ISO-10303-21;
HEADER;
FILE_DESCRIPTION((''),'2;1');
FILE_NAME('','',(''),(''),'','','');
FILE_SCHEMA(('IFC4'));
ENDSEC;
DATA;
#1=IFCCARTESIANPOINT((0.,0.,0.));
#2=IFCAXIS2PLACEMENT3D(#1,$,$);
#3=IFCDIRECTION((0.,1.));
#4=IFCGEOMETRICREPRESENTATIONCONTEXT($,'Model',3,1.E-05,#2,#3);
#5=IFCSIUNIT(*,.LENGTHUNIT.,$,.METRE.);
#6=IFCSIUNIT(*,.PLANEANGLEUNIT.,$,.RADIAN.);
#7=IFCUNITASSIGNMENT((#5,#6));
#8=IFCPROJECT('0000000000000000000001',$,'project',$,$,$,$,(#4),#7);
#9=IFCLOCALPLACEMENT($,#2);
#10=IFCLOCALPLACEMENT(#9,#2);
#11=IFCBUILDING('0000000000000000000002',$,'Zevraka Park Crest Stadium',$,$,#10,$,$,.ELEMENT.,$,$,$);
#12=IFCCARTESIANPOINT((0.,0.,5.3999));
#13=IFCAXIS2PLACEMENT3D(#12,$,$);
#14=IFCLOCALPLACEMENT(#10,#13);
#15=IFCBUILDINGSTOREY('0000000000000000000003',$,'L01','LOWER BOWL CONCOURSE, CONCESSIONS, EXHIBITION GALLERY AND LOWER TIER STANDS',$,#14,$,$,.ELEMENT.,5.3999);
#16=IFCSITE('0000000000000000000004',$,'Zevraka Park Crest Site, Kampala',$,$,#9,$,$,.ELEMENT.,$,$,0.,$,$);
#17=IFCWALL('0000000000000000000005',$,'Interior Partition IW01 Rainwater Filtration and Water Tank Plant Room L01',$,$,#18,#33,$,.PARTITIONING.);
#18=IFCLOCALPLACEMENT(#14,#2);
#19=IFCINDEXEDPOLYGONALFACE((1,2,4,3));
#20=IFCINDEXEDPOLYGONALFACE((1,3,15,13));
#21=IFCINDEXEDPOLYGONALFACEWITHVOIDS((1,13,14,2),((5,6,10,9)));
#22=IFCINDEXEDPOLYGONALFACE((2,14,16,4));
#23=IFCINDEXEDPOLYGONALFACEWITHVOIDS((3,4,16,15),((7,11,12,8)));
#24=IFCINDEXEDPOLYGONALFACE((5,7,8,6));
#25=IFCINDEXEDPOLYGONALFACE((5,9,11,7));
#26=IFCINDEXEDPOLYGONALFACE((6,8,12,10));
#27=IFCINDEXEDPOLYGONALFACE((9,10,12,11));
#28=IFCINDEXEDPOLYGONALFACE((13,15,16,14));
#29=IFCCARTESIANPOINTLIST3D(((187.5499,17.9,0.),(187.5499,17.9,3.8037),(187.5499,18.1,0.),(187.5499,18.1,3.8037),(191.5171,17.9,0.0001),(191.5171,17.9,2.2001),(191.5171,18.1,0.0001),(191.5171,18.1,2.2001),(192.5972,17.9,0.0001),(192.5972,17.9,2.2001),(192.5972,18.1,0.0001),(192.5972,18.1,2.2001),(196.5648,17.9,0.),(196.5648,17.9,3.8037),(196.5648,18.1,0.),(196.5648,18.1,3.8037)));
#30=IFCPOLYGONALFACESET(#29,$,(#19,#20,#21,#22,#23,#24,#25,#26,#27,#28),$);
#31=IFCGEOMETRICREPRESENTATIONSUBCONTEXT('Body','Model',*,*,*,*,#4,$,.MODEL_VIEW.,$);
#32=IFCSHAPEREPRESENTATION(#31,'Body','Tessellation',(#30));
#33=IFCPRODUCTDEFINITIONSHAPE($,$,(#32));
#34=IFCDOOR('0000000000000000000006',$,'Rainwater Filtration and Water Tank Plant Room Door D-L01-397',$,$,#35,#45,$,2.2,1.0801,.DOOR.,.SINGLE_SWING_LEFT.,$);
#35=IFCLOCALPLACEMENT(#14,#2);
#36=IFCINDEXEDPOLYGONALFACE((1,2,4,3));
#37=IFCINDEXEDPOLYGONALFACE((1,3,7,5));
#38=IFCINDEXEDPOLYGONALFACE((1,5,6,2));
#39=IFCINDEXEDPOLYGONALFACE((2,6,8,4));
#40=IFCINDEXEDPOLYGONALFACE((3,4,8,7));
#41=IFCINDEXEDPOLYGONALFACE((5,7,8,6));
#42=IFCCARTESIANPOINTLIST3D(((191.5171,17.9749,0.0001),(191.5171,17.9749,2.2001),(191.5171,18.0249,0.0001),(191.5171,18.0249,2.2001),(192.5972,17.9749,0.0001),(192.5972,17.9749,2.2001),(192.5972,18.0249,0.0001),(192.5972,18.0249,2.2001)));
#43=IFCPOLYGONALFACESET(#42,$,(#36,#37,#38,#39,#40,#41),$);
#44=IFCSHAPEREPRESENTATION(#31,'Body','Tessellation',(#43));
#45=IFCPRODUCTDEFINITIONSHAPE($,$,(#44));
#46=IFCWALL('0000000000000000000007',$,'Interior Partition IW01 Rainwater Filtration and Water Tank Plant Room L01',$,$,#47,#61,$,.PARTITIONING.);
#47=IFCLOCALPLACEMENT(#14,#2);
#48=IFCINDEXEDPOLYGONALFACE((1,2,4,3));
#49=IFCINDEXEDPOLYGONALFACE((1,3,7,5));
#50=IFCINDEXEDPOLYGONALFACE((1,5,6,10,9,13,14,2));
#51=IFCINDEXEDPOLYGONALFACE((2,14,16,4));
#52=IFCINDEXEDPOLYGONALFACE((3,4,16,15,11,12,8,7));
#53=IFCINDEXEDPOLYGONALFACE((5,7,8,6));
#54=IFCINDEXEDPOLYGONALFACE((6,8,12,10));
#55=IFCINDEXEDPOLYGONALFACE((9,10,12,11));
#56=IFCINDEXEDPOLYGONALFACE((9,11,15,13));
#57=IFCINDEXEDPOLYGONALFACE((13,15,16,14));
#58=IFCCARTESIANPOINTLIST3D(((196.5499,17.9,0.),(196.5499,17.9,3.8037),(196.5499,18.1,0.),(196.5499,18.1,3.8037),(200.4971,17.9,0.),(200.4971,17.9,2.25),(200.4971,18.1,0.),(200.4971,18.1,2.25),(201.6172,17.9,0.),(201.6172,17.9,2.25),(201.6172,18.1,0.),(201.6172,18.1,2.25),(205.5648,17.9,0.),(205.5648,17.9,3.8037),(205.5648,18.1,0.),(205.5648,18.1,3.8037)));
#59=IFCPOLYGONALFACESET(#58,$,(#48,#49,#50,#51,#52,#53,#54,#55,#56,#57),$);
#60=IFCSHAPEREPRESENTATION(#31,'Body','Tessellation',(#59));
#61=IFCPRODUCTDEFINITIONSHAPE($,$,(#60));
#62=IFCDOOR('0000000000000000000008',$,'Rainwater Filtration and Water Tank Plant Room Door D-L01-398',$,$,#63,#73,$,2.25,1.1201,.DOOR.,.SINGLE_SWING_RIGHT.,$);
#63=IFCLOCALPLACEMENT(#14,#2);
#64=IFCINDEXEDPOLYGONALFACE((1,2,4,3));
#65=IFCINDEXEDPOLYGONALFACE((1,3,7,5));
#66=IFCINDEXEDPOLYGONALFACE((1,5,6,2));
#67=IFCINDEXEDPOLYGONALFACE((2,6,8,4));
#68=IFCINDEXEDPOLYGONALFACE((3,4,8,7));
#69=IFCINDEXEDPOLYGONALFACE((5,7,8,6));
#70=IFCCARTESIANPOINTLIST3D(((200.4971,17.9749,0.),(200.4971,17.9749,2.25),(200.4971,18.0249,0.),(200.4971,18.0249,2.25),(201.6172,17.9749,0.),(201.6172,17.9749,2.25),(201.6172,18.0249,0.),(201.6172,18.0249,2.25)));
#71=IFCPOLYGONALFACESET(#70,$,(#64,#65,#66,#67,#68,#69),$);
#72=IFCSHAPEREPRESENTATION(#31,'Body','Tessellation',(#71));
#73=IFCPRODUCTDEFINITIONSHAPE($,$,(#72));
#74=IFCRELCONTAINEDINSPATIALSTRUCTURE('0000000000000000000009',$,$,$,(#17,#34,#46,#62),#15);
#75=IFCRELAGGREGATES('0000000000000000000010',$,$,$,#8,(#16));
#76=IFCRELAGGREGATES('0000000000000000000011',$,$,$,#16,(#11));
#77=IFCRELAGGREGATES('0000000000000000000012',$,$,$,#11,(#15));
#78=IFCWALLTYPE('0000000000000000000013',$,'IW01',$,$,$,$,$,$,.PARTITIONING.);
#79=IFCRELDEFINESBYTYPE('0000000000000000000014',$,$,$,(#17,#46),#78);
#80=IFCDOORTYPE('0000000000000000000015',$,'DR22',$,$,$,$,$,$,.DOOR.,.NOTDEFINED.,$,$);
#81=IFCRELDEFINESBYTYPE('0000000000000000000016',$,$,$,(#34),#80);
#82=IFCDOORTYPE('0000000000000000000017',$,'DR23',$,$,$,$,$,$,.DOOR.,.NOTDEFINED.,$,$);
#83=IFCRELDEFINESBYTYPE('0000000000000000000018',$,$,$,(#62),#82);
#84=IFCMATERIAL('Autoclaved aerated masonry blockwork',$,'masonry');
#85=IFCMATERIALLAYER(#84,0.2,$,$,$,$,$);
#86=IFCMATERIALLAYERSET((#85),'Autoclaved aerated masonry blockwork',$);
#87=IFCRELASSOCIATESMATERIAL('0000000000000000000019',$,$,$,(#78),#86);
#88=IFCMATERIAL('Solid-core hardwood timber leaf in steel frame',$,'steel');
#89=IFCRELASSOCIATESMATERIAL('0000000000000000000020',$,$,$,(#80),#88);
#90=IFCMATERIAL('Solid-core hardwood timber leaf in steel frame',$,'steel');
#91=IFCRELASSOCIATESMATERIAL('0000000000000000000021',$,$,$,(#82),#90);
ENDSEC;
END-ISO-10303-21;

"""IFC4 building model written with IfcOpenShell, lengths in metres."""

from ifc_helpers import new_model, si_unit, direction, frame, frame_2d, origin, place, context, subcontext, project, spatial, rectangle, extrude, material, layer, layer_set, type_object, element, fill, save


model = new_model("IFC4")

# Units and contexts
model_context = context("Model", 3, precision=1e-05, world=origin(), true_north=direction((0.0, 1.0)))
body_context = subcontext(model_context, "Body", "Model", "MODEL_VIEW")
ifc_project = project(units=[si_unit("LENGTHUNIT", "METRE"), si_unit("PLANEANGLEUNIT", "RADIAN")], contexts=[model_context])

# Site, building, storey
site_placement = place(None, origin())
site = spatial("IfcSite", under=ifc_project, at=site_placement, Name="Zevraka Park Crest Site, Kampala", CompositionType="ELEMENT", RefElevation=0.0)
building_placement = place(site_placement, origin())
building = spatial("IfcBuilding", under=site, at=building_placement, Name="Zevraka Park Crest Stadium", CompositionType="ELEMENT")
storey_placement = place(building_placement, frame((0.0, 0.0, 5.3999)))
storey = spatial("IfcBuildingStorey", under=building, at=storey_placement, Name="L01", Description="LOWER BOWL CONCOURSE, CONCESSIONS, EXHIBITION GALLERY AND LOWER TIER STANDS", CompositionType="ELEMENT", Elevation=5.3999)

# Walls, openings, doors
ifc_material_1 = material(Name="Autoclaved aerated masonry blockwork", Category="masonry")
ifc_layer_1 = layer(ifc_material_1, 0.2)
ifc_layer_set_1 = layer_set([ifc_layer_1], Name="Autoclaved aerated masonry blockwork")
wall_type_1 = type_object("IfcWallType", Name="IW01", PredefinedType="PARTITIONING", material=ifc_layer_set_1)
wall_1_placement = place(storey_placement, frame((187.55, 18.0, 0.0), z_axis=(0.0, 0.0, 1.0), x_axis=(1.0, 0.0, 0.0)))
wall_1 = element("IfcWall", 1, at=wall_1_placement, inside=storey, type_object=wall_type_1, Name="Interior Partition IW01 Rainwater Filtration and Water Tank Plant Room L01", PredefinedType="PARTITIONING", context=body_context, shape_type="SweptSolid", body=[
    extrude(rectangle(XDim=9.0149, YDim=0.2, at=frame_2d((4.5073, 0.0))), origin(), (0.0, 0.0, 1.0), 3.8037),
])
opening_1_placement = place(wall_1_placement, frame((3.967, 0.0, 0.0)))
opening_1 = element("IfcOpeningElement", 2, at=opening_1_placement, cuts=wall_1, PredefinedType="OPENING", context=body_context, shape_type="SweptSolid", body=[
    extrude(rectangle(XDim=1.0801, YDim=2.2, at=frame_2d((0.54, 1.1001))), frame((0.0, 0.1099, 0.0), z_axis=(0.0, -1.0, 0.0), x_axis=(1.0, 0.0, 0.0)), (0.0, 0.0, 1.0), 0.22),
])
ifc_material_2 = material(Name="Solid-core hardwood timber leaf in steel frame", Category="steel")
door_type_1 = type_object("IfcDoorType", Name="DR22", OperationType="NOTDEFINED", PredefinedType="DOOR", material=ifc_material_2)
door_1_placement = place(opening_1_placement, origin())
door_1 = element("IfcDoor", 3, at=door_1_placement, inside=storey, type_object=door_type_1, Name="Rainwater Filtration and Water Tank Plant Room Door D-L01-397", OperationType="SINGLE_SWING_LEFT", OverallHeight=2.2, OverallWidth=1.0801, PredefinedType="DOOR", context=body_context, shape_type="SweptSolid", body=[
    extrude(rectangle(XDim=1.0801, YDim=2.2, at=frame_2d((0.54, 1.1001))), frame((0.0, 0.0249, 0.0), z_axis=(0.0, -1.0, 0.0), x_axis=(1.0, 0.0, 0.0)), (0.0, 0.0, 1.0), 0.05),
])
fill(opening_1, door_1)
wall_2_placement = place(storey_placement, frame((196.55, 18.0, 0.0), z_axis=(0.0, 0.0, 1.0), x_axis=(1.0, 0.0, 0.0)))
wall_2 = element("IfcWall", 4, at=wall_2_placement, inside=storey, type_object=wall_type_1, Name="Interior Partition IW01 Rainwater Filtration and Water Tank Plant Room L01", PredefinedType="PARTITIONING", context=body_context, shape_type="SweptSolid", body=[
    extrude(rectangle(XDim=9.0149, YDim=0.2, at=frame_2d((4.5073, 0.0))), origin(), (0.0, 0.0, 1.0), 3.8037),
])
opening_2_placement = place(wall_2_placement, frame((3.947, 0.0, 0.0)))
opening_2 = element("IfcOpeningElement", 5, at=opening_2_placement, cuts=wall_2, PredefinedType="OPENING", context=body_context, shape_type="SweptSolid", body=[
    extrude(rectangle(XDim=1.1201, YDim=2.25, at=frame_2d((0.5601, 1.125))), frame((0.0, 0.1099, 0.0), z_axis=(0.0, -1.0, 0.0), x_axis=(1.0, 0.0, 0.0)), (0.0, 0.0, 1.0), 0.22),
])
ifc_material_3 = material(Name="Solid-core hardwood timber leaf in steel frame", Category="steel")
door_type_2 = type_object("IfcDoorType", Name="DR23", OperationType="NOTDEFINED", PredefinedType="DOOR", material=ifc_material_3)
door_2_placement = place(opening_2_placement, origin())
door_2 = element("IfcDoor", 6, at=door_2_placement, inside=storey, type_object=door_type_2, Name="Rainwater Filtration and Water Tank Plant Room Door D-L01-398", OperationType="SINGLE_SWING_RIGHT", OverallHeight=2.25, OverallWidth=1.1201, PredefinedType="DOOR", context=body_context, shape_type="SweptSolid", body=[
    extrude(rectangle(XDim=1.1201, YDim=2.25, at=frame_2d((0.5601, 1.125))), frame((0.0, 0.0249, 0.0), z_axis=(0.0, -1.0, 0.0), x_axis=(1.0, 0.0, 0.0)), (0.0, 0.0, 1.0), 0.05),
])
fill(opening_2, door_2)

save(model, "model.ifc")
